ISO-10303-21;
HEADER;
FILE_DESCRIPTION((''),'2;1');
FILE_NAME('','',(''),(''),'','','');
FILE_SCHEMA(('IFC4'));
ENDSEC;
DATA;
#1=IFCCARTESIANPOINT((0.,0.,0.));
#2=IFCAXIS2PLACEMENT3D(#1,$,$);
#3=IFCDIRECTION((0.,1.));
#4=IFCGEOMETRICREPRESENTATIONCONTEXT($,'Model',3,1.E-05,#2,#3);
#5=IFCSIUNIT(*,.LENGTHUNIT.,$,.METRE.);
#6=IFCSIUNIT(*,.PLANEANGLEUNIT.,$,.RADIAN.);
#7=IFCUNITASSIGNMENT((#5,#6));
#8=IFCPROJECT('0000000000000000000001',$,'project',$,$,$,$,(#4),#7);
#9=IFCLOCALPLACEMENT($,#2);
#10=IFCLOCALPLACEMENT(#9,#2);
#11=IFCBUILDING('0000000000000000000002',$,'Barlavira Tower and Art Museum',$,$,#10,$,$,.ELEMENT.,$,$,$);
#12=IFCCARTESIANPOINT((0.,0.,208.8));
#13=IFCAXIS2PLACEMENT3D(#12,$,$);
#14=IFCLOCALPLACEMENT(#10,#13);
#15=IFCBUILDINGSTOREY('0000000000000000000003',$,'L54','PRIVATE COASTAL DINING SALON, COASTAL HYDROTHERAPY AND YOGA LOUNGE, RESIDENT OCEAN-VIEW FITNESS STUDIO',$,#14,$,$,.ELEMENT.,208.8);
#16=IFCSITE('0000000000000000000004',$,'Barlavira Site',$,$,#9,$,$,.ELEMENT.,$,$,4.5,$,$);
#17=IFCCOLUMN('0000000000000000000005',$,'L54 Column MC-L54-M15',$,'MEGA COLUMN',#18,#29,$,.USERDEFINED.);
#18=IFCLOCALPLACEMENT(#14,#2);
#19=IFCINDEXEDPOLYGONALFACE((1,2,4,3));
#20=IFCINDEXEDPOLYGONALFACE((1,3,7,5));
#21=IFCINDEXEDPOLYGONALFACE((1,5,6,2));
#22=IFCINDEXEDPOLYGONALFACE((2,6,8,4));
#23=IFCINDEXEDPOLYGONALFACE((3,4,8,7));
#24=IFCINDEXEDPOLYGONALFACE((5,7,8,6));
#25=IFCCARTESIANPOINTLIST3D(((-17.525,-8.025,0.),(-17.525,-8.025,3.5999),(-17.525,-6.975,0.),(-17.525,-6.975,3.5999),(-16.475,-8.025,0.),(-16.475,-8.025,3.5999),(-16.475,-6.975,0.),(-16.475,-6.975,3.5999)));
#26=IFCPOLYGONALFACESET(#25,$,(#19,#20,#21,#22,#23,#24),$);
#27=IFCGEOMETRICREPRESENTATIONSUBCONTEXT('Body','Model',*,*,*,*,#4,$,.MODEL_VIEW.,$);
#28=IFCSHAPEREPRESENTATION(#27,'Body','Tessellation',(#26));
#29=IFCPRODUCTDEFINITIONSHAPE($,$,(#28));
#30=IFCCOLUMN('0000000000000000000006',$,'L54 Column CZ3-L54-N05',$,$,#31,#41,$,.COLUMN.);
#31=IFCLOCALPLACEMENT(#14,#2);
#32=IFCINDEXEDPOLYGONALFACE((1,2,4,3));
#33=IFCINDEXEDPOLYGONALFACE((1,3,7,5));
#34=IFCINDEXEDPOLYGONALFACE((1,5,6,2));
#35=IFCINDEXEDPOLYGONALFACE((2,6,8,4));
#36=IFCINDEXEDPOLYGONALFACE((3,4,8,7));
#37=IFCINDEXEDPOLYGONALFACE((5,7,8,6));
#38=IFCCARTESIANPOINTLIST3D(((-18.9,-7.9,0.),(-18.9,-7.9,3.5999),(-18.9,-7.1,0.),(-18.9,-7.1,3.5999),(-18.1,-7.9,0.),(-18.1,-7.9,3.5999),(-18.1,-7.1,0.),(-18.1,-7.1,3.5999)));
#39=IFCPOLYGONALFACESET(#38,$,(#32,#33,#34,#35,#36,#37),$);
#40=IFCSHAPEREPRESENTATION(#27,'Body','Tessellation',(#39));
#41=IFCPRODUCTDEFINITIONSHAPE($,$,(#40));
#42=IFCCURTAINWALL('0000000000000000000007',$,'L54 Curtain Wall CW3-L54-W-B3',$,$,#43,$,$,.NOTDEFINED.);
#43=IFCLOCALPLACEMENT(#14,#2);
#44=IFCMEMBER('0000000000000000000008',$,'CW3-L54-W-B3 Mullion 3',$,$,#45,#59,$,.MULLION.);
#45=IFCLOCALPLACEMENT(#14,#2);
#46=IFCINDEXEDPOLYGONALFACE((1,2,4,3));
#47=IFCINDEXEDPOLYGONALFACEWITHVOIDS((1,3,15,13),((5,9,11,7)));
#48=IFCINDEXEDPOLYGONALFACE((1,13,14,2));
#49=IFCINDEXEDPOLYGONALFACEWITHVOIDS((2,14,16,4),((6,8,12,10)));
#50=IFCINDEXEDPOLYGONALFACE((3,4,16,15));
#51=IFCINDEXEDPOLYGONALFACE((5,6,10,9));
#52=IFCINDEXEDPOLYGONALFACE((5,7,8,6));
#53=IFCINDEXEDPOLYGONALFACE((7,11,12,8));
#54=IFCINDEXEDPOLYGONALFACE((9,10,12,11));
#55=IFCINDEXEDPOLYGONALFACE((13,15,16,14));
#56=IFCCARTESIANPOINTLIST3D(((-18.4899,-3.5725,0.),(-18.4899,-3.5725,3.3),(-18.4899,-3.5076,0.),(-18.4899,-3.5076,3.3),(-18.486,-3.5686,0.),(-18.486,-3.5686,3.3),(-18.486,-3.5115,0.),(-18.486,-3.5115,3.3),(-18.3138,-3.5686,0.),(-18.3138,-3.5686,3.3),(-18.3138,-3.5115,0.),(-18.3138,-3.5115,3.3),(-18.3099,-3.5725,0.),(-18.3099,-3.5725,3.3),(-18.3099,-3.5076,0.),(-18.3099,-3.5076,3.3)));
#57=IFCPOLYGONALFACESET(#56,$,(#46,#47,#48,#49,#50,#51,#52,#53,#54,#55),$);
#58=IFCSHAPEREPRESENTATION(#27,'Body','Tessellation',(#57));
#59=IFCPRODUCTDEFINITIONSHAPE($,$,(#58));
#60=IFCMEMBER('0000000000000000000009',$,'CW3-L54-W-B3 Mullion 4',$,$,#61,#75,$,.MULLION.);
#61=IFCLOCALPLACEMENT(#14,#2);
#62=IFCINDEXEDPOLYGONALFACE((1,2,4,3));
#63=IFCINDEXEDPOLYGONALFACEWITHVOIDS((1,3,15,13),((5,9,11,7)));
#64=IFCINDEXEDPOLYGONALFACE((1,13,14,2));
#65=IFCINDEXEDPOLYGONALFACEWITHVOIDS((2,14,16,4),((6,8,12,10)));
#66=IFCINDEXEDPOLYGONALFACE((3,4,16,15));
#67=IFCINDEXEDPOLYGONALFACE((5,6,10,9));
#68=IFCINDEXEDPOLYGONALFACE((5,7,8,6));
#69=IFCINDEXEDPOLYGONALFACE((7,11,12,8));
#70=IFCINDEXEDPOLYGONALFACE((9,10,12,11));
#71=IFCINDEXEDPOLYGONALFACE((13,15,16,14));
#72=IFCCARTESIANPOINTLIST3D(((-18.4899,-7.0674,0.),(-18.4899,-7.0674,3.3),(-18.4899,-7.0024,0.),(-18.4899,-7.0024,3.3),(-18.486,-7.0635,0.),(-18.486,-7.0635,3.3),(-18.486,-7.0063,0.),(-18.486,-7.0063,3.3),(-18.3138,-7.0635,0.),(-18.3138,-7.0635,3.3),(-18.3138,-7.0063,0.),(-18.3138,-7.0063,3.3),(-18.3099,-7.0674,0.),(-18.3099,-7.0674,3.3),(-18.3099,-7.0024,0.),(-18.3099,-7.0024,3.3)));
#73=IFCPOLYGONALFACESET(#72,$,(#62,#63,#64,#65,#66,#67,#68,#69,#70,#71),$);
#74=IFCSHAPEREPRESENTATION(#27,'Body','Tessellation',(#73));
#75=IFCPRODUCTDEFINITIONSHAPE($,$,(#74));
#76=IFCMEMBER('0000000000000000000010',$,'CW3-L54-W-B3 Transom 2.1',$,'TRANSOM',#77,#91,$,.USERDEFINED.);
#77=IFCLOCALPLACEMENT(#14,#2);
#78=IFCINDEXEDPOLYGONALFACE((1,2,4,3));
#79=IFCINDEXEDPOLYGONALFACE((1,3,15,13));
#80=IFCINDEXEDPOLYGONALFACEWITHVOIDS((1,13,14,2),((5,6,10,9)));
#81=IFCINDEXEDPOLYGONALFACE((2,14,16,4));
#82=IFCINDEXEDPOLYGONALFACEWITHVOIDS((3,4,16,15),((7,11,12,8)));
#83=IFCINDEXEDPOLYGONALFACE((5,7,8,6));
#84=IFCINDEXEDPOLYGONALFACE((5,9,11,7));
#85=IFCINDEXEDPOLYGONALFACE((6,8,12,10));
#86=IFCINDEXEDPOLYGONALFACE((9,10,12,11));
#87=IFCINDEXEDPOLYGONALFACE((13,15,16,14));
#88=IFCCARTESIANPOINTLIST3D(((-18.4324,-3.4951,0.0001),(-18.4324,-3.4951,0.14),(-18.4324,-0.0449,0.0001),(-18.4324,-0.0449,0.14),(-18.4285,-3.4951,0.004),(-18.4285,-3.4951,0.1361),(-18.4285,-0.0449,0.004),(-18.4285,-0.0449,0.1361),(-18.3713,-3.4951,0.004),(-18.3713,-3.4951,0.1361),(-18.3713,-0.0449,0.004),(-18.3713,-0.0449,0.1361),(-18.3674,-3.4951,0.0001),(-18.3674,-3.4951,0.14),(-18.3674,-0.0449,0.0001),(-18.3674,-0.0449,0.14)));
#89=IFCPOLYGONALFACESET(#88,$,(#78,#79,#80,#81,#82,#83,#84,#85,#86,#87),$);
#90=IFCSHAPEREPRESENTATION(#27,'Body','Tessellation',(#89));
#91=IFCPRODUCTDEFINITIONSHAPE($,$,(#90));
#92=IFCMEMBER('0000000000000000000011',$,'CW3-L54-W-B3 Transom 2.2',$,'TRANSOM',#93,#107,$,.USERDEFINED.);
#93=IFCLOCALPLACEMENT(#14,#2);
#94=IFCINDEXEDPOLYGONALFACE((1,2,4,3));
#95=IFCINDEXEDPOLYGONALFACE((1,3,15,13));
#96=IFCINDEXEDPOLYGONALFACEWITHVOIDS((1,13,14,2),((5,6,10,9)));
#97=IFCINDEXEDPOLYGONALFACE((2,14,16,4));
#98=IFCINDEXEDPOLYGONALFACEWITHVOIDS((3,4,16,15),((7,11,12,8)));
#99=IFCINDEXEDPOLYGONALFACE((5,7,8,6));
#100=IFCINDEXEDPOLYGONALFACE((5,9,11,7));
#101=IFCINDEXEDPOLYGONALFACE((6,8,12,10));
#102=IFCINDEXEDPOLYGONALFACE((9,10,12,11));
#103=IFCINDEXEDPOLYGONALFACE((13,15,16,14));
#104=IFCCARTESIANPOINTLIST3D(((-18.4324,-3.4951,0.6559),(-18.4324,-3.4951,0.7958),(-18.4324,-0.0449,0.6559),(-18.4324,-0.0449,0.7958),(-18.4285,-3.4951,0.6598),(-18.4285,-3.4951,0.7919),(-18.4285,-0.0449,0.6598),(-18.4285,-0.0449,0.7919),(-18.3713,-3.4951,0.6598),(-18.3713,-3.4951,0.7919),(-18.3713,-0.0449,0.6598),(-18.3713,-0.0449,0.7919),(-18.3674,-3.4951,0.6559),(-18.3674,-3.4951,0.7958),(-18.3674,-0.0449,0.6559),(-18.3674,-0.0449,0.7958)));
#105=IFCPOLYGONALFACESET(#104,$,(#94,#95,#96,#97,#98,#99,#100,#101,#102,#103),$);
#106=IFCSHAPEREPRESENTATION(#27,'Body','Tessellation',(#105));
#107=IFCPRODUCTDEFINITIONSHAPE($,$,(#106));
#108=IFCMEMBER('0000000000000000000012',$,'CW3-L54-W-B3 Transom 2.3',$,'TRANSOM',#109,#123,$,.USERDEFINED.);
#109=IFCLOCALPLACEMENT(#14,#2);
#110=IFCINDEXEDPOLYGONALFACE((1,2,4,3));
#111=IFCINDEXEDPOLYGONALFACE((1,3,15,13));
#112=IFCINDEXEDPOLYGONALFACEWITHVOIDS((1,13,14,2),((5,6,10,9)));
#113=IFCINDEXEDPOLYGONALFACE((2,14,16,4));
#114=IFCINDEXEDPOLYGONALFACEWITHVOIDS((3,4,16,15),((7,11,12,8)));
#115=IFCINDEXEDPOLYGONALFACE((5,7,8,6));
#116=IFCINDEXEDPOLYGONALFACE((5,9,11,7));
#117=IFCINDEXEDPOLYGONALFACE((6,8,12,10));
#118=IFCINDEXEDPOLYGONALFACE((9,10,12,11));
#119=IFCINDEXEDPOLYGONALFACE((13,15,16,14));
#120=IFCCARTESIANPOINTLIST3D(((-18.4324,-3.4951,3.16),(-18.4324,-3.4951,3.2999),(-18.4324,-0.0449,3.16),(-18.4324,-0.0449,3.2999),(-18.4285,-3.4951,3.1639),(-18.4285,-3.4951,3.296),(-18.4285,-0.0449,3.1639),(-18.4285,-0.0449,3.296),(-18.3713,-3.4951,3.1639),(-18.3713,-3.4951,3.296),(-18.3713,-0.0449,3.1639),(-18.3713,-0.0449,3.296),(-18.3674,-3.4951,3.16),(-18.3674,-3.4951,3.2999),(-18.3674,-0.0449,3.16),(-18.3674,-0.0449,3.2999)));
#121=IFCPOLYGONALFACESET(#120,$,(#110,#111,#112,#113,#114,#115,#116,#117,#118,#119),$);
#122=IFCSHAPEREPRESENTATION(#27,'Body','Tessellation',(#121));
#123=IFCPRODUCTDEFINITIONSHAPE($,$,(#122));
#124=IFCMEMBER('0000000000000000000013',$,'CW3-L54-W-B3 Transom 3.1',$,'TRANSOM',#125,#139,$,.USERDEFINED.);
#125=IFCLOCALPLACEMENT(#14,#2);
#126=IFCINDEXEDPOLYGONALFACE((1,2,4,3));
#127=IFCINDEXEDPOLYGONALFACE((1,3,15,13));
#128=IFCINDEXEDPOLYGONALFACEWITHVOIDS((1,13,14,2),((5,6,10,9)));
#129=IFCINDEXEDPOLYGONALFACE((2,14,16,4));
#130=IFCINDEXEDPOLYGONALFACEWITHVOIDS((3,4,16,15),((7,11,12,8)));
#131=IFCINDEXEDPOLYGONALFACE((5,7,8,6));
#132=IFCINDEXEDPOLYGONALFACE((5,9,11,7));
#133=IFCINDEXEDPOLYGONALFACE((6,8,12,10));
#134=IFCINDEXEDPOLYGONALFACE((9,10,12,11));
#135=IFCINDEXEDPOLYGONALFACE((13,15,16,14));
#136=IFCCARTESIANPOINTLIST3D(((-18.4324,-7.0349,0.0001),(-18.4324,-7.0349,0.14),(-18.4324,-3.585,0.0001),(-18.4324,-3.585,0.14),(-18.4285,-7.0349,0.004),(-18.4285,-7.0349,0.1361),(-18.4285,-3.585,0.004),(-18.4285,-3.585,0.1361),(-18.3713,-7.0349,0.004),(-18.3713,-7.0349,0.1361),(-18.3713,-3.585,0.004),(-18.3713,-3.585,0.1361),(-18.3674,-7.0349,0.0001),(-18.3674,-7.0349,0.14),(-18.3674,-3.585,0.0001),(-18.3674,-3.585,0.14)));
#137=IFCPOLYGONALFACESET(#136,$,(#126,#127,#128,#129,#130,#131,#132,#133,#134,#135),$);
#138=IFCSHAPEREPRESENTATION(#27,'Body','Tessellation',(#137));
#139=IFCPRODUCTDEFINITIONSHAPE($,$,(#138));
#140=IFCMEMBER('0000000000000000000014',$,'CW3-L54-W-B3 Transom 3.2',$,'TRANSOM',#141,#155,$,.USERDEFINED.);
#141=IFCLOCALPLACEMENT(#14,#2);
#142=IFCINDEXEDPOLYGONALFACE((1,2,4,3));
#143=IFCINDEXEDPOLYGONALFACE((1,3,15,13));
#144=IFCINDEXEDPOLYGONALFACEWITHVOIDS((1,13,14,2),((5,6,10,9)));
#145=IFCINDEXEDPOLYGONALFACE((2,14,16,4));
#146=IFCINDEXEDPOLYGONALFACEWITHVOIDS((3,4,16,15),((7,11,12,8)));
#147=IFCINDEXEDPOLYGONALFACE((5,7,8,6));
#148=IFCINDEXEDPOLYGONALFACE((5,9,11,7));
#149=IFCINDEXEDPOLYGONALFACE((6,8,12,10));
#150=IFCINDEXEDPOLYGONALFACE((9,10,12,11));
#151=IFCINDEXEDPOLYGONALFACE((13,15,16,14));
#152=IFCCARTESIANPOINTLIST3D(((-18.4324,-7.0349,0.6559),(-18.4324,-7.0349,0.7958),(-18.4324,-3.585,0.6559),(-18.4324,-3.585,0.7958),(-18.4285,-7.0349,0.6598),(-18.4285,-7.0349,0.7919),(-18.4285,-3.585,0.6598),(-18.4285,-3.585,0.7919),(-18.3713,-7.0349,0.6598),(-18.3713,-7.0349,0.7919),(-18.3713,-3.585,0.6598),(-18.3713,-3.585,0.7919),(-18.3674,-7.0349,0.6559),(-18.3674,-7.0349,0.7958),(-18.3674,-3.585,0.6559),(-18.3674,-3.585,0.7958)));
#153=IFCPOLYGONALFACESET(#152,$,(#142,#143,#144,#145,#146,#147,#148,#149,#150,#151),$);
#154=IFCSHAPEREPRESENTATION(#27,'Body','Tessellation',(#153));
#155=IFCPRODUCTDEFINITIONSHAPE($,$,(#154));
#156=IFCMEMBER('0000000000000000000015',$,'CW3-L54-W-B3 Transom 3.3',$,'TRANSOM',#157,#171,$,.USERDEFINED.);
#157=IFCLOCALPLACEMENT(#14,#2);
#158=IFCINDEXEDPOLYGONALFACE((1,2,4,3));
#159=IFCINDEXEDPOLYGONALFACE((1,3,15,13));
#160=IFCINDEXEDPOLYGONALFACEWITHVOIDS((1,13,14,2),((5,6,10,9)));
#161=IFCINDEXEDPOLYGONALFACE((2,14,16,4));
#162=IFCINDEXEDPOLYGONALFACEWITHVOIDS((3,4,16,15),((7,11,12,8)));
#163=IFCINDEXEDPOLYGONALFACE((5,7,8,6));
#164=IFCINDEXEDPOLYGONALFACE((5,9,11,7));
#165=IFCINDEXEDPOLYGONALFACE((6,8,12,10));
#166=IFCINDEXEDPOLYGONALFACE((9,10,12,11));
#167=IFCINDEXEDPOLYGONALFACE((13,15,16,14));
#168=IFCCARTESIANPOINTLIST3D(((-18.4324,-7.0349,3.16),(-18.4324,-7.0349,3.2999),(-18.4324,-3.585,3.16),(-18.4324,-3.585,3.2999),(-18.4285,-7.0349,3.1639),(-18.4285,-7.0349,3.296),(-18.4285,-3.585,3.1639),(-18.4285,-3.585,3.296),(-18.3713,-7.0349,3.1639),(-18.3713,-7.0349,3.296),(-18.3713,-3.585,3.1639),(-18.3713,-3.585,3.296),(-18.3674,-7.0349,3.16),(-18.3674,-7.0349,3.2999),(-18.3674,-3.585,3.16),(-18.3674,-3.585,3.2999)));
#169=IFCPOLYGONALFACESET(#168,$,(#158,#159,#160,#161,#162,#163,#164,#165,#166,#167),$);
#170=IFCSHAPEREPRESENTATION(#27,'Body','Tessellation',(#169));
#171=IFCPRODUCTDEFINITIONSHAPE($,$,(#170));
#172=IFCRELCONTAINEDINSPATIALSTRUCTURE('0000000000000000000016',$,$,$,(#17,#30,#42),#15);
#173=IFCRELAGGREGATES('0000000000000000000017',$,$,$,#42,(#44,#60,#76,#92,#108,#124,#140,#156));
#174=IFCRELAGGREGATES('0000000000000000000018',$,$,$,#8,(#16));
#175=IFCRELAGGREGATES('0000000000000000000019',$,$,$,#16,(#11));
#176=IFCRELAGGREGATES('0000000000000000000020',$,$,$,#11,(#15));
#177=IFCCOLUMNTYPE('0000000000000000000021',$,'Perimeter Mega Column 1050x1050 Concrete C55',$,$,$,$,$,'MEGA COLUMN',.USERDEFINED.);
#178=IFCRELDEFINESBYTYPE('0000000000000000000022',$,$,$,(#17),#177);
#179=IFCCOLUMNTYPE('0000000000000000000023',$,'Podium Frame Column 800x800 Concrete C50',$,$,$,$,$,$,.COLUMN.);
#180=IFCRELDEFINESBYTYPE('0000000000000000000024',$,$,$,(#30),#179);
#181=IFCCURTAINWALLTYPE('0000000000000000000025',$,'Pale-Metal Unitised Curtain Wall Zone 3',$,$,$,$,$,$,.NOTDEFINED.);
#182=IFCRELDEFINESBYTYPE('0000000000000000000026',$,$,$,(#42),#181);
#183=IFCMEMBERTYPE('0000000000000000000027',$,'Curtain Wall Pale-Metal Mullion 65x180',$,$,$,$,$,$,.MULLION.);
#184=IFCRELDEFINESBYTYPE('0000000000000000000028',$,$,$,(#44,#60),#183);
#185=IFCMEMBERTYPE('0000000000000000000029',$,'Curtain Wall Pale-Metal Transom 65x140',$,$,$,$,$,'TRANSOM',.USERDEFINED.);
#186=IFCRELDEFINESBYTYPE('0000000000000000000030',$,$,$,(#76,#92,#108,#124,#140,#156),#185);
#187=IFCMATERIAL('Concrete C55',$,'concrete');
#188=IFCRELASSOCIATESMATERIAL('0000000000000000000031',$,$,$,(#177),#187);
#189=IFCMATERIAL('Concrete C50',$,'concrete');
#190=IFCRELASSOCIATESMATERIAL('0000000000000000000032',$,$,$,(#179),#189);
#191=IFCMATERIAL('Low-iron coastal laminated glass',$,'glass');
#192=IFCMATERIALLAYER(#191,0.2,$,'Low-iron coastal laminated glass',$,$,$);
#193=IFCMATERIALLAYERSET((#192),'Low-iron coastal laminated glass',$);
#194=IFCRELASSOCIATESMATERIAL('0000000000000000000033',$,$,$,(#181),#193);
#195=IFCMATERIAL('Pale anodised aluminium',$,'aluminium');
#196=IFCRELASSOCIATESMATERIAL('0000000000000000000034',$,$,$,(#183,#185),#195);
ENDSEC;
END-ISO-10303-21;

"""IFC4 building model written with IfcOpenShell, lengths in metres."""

from ifc_helpers import new_model, si_unit, direction, frame, origin, origin_2d, place, context, subcontext, project, spatial, rectangle, hollow_rectangle, extrude, material, layer, layer_set, material_profile, profile_set, type_object, element, aggregate, save


model = new_model("IFC4")

# Units and contexts
model_context = context("Model", 3, precision=1e-05, world=origin(), true_north=direction((0.0, 1.0)))
body_context = subcontext(model_context, "Body", "Model", "MODEL_VIEW")
ifc_project = project(units=[si_unit("LENGTHUNIT", "METRE"), si_unit("PLANEANGLEUNIT", "RADIAN")], contexts=[model_context])

# Site, building, storey
site_placement = place(None, origin())
site = spatial("IfcSite", under=ifc_project, at=site_placement, Name="Barlavira Site", CompositionType="ELEMENT", RefElevation=4.5)
building_placement = place(site_placement, origin())
building = spatial("IfcBuilding", under=site, at=building_placement, Name="Barlavira Tower and Art Museum", CompositionType="ELEMENT")
storey_placement = place(building_placement, frame((0.0, 0.0, 208.8)))
storey = spatial("IfcBuildingStorey", under=building, at=storey_placement, Name="L54", Description="PRIVATE COASTAL DINING SALON, COASTAL HYDROTHERAPY AND YOGA LOUNGE, RESIDENT OCEAN-VIEW FITNESS STUDIO", CompositionType="ELEMENT", Elevation=208.8)

# Columns
ifc_material_1 = material(Name="Concrete C55", Category="concrete")
ifc_material_profile_1 = material_profile(ifc_material_1, rectangle(XDim=1.05, YDim=1.05, at=origin_2d()), Name="RC-COL 1050x1050")
ifc_profile_set_1 = profile_set([ifc_material_profile_1], Name="Concrete C55")
column_type_1 = type_object("IfcColumnType", Name="Perimeter Mega Column 1050x1050 Concrete C55", ElementType="MEGA COLUMN", PredefinedType="USERDEFINED", material=ifc_profile_set_1)
column_1_placement = place(storey_placement, frame((-17.0, -7.5, 0.0), z_axis=(0.0, 0.0, 1.0), x_axis=(1.0, 0.0, 0.0)))
element("IfcColumn", 1, at=column_1_placement, inside=storey, type_object=column_type_1, Name="L54 Column MC-L54-M15", ObjectType="MEGA COLUMN", PredefinedType="USERDEFINED", context=body_context, shape_type="SweptSolid", body=[
    extrude(rectangle(XDim=1.05, YDim=1.05, at=origin_2d()), origin(), (0.0, 0.0, 1.0), 3.5999),
])
ifc_material_2 = material(Name="Concrete C50", Category="concrete")
ifc_material_profile_2 = material_profile(ifc_material_2, rectangle(XDim=0.8, YDim=0.8, at=origin_2d()), Name="RC-COL 800x800")
ifc_profile_set_2 = profile_set([ifc_material_profile_2], Name="Concrete C50")
column_type_2 = type_object("IfcColumnType", Name="Podium Frame Column 800x800 Concrete C50", PredefinedType="COLUMN", material=ifc_profile_set_2)
column_2_placement = place(storey_placement, frame((-18.5, -7.5, 0.0), z_axis=(0.0, 0.0, 1.0), x_axis=(1.0, 0.0, 0.0)))
element("IfcColumn", 2, at=column_2_placement, inside=storey, type_object=column_type_2, Name="L54 Column CZ3-L54-N05", PredefinedType="COLUMN", context=body_context, shape_type="SweptSolid", body=[
    extrude(rectangle(XDim=0.8, YDim=0.8, at=origin_2d()), origin(), (0.0, 0.0, 1.0), 3.5999),
])

# Curtain wall, members
ifc_material_3 = material(Name="Low-iron coastal laminated glass", Category="glass")
ifc_layer_1 = layer(ifc_material_3, 0.2, Name="Low-iron coastal laminated glass")
ifc_layer_set_1 = layer_set([ifc_layer_1], Name="Low-iron coastal laminated glass")
curtain_wall_type = type_object("IfcCurtainWallType", Name="Pale-Metal Unitised Curtain Wall Zone 3", PredefinedType="NOTDEFINED", material=ifc_layer_set_1)
curtain_wall_placement = place(storey_placement, origin())
curtain_wall = element("IfcCurtainWall", 3, at=curtain_wall_placement, inside=storey, type_object=curtain_wall_type, Name="L54 Curtain Wall CW3-L54-W-B3", PredefinedType="NOTDEFINED")
ifc_material_4 = material(Name="Pale anodised aluminium", Category="aluminium")
ifc_material_profile_3 = material_profile(ifc_material_4, hollow_rectangle(XDim=0.0649, YDim=0.1799, WallThickness=0.0039, at=origin_2d()), Name="ALU-MULL 65x180x4")
ifc_profile_set_3 = profile_set([ifc_material_profile_3], Name="Pale anodised aluminium")
member_type_1 = type_object("IfcMemberType", Name="Curtain Wall Pale-Metal Mullion 65x180", PredefinedType="MULLION", material=ifc_profile_set_3)
member_1_placement = place(storey_placement, frame((-18.3999, -3.54, 0.0), z_axis=(0.0, 0.0, 1.0), x_axis=(0.0, -1.0, 0.0)))
member_1 = element("IfcMember", 4, at=member_1_placement, type_object=member_type_1, Name="CW3-L54-W-B3 Mullion 3", PredefinedType="MULLION", context=body_context, shape_type="SweptSolid", body=[
    extrude(hollow_rectangle(XDim=0.0649, YDim=0.1799, WallThickness=0.0039, at=origin_2d()), origin(), (0.0, 0.0, 1.0), 3.3),
])
member_2_placement = place(storey_placement, frame((-18.3999, -7.0349, 0.0), z_axis=(0.0, 0.0, 1.0), x_axis=(0.0, -1.0, 0.0)))
member_2 = element("IfcMember", 5, at=member_2_placement, type_object=member_type_1, Name="CW3-L54-W-B3 Mullion 4", PredefinedType="MULLION", context=body_context, shape_type="SweptSolid", body=[
    extrude(hollow_rectangle(XDim=0.0649, YDim=0.1799, WallThickness=0.0039, at=origin_2d()), origin(), (0.0, 0.0, 1.0), 3.3),
])
ifc_material_profile_4 = material_profile(ifc_material_4, hollow_rectangle(XDim=0.0649, YDim=0.1399, WallThickness=0.0039, at=origin_2d()), Name="ALU-TRAN 65x140x4")
ifc_profile_set_4 = profile_set([ifc_material_profile_4], Name="Pale anodised aluminium")
member_type_2 = type_object("IfcMemberType", Name="Curtain Wall Pale-Metal Transom 65x140", ElementType="TRANSOM", PredefinedType="USERDEFINED", material=ifc_profile_set_4)
member_3_placement = place(storey_placement, frame((-18.3999, -0.0449, 0.0701), z_axis=(0.0, -1.0, 0.0), x_axis=(1.0, 0.0, 0.0)))
member_3 = element("IfcMember", 6, at=member_3_placement, type_object=member_type_2, Name="CW3-L54-W-B3 Transom 2.1", ObjectType="TRANSOM", PredefinedType="USERDEFINED", context=body_context, shape_type="SweptSolid", body=[
    extrude(hollow_rectangle(XDim=0.0649, YDim=0.1399, WallThickness=0.0039, at=origin_2d()), origin(), (0.0, 0.0, 1.0), 3.4502),
])
member_4_placement = place(storey_placement, frame((-18.3999, -0.0449, 0.7258), z_axis=(0.0, -1.0, 0.0), x_axis=(1.0, 0.0, 0.0)))
member_4 = element("IfcMember", 7, at=member_4_placement, type_object=member_type_2, Name="CW3-L54-W-B3 Transom 2.2", ObjectType="TRANSOM", PredefinedType="USERDEFINED", context=body_context, shape_type="SweptSolid", body=[
    extrude(hollow_rectangle(XDim=0.0649, YDim=0.1399, WallThickness=0.0039, at=origin_2d()), origin(), (0.0, 0.0, 1.0), 3.4502),
])
member_5_placement = place(storey_placement, frame((-18.3999, -0.0449, 3.23), z_axis=(0.0, -1.0, 0.0), x_axis=(1.0, 0.0, 0.0)))
member_5 = element("IfcMember", 8, at=member_5_placement, type_object=member_type_2, Name="CW3-L54-W-B3 Transom 2.3", ObjectType="TRANSOM", PredefinedType="USERDEFINED", context=body_context, shape_type="SweptSolid", body=[
    extrude(hollow_rectangle(XDim=0.0649, YDim=0.1399, WallThickness=0.0039, at=origin_2d()), origin(), (0.0, 0.0, 1.0), 3.4502),
])
member_6_placement = place(storey_placement, frame((-18.3999, -3.585, 0.0701), z_axis=(0.0, -1.0, 0.0), x_axis=(1.0, 0.0, 0.0)))
member_6 = element("IfcMember", 9, at=member_6_placement, type_object=member_type_2, Name="CW3-L54-W-B3 Transom 3.1", ObjectType="TRANSOM", PredefinedType="USERDEFINED", context=body_context, shape_type="SweptSolid", body=[
    extrude(hollow_rectangle(XDim=0.0649, YDim=0.1399, WallThickness=0.0039, at=origin_2d()), origin(), (0.0, 0.0, 1.0), 3.45),
])
member_7_placement = place(storey_placement, frame((-18.3999, -3.585, 0.7258), z_axis=(0.0, -1.0, 0.0), x_axis=(1.0, 0.0, 0.0)))
member_7 = element("IfcMember", 10, at=member_7_placement, type_object=member_type_2, Name="CW3-L54-W-B3 Transom 3.2", ObjectType="TRANSOM", PredefinedType="USERDEFINED", context=body_context, shape_type="SweptSolid", body=[
    extrude(hollow_rectangle(XDim=0.0649, YDim=0.1399, WallThickness=0.0039, at=origin_2d()), origin(), (0.0, 0.0, 1.0), 3.45),
])
member_8_placement = place(storey_placement, frame((-18.3999, -3.585, 3.23), z_axis=(0.0, -1.0, 0.0), x_axis=(1.0, 0.0, 0.0)))
member_8 = element("IfcMember", 11, at=member_8_placement, type_object=member_type_2, Name="CW3-L54-W-B3 Transom 3.3", ObjectType="TRANSOM", PredefinedType="USERDEFINED", context=body_context, shape_type="SweptSolid", body=[
    extrude(hollow_rectangle(XDim=0.0649, YDim=0.1399, WallThickness=0.0039, at=origin_2d()), origin(), (0.0, 0.0, 1.0), 3.45),
])

aggregate(curtain_wall, [member_1, member_2, member_3, member_4, member_5, member_6, member_7, member_8])

save(model, "model.ifc")
